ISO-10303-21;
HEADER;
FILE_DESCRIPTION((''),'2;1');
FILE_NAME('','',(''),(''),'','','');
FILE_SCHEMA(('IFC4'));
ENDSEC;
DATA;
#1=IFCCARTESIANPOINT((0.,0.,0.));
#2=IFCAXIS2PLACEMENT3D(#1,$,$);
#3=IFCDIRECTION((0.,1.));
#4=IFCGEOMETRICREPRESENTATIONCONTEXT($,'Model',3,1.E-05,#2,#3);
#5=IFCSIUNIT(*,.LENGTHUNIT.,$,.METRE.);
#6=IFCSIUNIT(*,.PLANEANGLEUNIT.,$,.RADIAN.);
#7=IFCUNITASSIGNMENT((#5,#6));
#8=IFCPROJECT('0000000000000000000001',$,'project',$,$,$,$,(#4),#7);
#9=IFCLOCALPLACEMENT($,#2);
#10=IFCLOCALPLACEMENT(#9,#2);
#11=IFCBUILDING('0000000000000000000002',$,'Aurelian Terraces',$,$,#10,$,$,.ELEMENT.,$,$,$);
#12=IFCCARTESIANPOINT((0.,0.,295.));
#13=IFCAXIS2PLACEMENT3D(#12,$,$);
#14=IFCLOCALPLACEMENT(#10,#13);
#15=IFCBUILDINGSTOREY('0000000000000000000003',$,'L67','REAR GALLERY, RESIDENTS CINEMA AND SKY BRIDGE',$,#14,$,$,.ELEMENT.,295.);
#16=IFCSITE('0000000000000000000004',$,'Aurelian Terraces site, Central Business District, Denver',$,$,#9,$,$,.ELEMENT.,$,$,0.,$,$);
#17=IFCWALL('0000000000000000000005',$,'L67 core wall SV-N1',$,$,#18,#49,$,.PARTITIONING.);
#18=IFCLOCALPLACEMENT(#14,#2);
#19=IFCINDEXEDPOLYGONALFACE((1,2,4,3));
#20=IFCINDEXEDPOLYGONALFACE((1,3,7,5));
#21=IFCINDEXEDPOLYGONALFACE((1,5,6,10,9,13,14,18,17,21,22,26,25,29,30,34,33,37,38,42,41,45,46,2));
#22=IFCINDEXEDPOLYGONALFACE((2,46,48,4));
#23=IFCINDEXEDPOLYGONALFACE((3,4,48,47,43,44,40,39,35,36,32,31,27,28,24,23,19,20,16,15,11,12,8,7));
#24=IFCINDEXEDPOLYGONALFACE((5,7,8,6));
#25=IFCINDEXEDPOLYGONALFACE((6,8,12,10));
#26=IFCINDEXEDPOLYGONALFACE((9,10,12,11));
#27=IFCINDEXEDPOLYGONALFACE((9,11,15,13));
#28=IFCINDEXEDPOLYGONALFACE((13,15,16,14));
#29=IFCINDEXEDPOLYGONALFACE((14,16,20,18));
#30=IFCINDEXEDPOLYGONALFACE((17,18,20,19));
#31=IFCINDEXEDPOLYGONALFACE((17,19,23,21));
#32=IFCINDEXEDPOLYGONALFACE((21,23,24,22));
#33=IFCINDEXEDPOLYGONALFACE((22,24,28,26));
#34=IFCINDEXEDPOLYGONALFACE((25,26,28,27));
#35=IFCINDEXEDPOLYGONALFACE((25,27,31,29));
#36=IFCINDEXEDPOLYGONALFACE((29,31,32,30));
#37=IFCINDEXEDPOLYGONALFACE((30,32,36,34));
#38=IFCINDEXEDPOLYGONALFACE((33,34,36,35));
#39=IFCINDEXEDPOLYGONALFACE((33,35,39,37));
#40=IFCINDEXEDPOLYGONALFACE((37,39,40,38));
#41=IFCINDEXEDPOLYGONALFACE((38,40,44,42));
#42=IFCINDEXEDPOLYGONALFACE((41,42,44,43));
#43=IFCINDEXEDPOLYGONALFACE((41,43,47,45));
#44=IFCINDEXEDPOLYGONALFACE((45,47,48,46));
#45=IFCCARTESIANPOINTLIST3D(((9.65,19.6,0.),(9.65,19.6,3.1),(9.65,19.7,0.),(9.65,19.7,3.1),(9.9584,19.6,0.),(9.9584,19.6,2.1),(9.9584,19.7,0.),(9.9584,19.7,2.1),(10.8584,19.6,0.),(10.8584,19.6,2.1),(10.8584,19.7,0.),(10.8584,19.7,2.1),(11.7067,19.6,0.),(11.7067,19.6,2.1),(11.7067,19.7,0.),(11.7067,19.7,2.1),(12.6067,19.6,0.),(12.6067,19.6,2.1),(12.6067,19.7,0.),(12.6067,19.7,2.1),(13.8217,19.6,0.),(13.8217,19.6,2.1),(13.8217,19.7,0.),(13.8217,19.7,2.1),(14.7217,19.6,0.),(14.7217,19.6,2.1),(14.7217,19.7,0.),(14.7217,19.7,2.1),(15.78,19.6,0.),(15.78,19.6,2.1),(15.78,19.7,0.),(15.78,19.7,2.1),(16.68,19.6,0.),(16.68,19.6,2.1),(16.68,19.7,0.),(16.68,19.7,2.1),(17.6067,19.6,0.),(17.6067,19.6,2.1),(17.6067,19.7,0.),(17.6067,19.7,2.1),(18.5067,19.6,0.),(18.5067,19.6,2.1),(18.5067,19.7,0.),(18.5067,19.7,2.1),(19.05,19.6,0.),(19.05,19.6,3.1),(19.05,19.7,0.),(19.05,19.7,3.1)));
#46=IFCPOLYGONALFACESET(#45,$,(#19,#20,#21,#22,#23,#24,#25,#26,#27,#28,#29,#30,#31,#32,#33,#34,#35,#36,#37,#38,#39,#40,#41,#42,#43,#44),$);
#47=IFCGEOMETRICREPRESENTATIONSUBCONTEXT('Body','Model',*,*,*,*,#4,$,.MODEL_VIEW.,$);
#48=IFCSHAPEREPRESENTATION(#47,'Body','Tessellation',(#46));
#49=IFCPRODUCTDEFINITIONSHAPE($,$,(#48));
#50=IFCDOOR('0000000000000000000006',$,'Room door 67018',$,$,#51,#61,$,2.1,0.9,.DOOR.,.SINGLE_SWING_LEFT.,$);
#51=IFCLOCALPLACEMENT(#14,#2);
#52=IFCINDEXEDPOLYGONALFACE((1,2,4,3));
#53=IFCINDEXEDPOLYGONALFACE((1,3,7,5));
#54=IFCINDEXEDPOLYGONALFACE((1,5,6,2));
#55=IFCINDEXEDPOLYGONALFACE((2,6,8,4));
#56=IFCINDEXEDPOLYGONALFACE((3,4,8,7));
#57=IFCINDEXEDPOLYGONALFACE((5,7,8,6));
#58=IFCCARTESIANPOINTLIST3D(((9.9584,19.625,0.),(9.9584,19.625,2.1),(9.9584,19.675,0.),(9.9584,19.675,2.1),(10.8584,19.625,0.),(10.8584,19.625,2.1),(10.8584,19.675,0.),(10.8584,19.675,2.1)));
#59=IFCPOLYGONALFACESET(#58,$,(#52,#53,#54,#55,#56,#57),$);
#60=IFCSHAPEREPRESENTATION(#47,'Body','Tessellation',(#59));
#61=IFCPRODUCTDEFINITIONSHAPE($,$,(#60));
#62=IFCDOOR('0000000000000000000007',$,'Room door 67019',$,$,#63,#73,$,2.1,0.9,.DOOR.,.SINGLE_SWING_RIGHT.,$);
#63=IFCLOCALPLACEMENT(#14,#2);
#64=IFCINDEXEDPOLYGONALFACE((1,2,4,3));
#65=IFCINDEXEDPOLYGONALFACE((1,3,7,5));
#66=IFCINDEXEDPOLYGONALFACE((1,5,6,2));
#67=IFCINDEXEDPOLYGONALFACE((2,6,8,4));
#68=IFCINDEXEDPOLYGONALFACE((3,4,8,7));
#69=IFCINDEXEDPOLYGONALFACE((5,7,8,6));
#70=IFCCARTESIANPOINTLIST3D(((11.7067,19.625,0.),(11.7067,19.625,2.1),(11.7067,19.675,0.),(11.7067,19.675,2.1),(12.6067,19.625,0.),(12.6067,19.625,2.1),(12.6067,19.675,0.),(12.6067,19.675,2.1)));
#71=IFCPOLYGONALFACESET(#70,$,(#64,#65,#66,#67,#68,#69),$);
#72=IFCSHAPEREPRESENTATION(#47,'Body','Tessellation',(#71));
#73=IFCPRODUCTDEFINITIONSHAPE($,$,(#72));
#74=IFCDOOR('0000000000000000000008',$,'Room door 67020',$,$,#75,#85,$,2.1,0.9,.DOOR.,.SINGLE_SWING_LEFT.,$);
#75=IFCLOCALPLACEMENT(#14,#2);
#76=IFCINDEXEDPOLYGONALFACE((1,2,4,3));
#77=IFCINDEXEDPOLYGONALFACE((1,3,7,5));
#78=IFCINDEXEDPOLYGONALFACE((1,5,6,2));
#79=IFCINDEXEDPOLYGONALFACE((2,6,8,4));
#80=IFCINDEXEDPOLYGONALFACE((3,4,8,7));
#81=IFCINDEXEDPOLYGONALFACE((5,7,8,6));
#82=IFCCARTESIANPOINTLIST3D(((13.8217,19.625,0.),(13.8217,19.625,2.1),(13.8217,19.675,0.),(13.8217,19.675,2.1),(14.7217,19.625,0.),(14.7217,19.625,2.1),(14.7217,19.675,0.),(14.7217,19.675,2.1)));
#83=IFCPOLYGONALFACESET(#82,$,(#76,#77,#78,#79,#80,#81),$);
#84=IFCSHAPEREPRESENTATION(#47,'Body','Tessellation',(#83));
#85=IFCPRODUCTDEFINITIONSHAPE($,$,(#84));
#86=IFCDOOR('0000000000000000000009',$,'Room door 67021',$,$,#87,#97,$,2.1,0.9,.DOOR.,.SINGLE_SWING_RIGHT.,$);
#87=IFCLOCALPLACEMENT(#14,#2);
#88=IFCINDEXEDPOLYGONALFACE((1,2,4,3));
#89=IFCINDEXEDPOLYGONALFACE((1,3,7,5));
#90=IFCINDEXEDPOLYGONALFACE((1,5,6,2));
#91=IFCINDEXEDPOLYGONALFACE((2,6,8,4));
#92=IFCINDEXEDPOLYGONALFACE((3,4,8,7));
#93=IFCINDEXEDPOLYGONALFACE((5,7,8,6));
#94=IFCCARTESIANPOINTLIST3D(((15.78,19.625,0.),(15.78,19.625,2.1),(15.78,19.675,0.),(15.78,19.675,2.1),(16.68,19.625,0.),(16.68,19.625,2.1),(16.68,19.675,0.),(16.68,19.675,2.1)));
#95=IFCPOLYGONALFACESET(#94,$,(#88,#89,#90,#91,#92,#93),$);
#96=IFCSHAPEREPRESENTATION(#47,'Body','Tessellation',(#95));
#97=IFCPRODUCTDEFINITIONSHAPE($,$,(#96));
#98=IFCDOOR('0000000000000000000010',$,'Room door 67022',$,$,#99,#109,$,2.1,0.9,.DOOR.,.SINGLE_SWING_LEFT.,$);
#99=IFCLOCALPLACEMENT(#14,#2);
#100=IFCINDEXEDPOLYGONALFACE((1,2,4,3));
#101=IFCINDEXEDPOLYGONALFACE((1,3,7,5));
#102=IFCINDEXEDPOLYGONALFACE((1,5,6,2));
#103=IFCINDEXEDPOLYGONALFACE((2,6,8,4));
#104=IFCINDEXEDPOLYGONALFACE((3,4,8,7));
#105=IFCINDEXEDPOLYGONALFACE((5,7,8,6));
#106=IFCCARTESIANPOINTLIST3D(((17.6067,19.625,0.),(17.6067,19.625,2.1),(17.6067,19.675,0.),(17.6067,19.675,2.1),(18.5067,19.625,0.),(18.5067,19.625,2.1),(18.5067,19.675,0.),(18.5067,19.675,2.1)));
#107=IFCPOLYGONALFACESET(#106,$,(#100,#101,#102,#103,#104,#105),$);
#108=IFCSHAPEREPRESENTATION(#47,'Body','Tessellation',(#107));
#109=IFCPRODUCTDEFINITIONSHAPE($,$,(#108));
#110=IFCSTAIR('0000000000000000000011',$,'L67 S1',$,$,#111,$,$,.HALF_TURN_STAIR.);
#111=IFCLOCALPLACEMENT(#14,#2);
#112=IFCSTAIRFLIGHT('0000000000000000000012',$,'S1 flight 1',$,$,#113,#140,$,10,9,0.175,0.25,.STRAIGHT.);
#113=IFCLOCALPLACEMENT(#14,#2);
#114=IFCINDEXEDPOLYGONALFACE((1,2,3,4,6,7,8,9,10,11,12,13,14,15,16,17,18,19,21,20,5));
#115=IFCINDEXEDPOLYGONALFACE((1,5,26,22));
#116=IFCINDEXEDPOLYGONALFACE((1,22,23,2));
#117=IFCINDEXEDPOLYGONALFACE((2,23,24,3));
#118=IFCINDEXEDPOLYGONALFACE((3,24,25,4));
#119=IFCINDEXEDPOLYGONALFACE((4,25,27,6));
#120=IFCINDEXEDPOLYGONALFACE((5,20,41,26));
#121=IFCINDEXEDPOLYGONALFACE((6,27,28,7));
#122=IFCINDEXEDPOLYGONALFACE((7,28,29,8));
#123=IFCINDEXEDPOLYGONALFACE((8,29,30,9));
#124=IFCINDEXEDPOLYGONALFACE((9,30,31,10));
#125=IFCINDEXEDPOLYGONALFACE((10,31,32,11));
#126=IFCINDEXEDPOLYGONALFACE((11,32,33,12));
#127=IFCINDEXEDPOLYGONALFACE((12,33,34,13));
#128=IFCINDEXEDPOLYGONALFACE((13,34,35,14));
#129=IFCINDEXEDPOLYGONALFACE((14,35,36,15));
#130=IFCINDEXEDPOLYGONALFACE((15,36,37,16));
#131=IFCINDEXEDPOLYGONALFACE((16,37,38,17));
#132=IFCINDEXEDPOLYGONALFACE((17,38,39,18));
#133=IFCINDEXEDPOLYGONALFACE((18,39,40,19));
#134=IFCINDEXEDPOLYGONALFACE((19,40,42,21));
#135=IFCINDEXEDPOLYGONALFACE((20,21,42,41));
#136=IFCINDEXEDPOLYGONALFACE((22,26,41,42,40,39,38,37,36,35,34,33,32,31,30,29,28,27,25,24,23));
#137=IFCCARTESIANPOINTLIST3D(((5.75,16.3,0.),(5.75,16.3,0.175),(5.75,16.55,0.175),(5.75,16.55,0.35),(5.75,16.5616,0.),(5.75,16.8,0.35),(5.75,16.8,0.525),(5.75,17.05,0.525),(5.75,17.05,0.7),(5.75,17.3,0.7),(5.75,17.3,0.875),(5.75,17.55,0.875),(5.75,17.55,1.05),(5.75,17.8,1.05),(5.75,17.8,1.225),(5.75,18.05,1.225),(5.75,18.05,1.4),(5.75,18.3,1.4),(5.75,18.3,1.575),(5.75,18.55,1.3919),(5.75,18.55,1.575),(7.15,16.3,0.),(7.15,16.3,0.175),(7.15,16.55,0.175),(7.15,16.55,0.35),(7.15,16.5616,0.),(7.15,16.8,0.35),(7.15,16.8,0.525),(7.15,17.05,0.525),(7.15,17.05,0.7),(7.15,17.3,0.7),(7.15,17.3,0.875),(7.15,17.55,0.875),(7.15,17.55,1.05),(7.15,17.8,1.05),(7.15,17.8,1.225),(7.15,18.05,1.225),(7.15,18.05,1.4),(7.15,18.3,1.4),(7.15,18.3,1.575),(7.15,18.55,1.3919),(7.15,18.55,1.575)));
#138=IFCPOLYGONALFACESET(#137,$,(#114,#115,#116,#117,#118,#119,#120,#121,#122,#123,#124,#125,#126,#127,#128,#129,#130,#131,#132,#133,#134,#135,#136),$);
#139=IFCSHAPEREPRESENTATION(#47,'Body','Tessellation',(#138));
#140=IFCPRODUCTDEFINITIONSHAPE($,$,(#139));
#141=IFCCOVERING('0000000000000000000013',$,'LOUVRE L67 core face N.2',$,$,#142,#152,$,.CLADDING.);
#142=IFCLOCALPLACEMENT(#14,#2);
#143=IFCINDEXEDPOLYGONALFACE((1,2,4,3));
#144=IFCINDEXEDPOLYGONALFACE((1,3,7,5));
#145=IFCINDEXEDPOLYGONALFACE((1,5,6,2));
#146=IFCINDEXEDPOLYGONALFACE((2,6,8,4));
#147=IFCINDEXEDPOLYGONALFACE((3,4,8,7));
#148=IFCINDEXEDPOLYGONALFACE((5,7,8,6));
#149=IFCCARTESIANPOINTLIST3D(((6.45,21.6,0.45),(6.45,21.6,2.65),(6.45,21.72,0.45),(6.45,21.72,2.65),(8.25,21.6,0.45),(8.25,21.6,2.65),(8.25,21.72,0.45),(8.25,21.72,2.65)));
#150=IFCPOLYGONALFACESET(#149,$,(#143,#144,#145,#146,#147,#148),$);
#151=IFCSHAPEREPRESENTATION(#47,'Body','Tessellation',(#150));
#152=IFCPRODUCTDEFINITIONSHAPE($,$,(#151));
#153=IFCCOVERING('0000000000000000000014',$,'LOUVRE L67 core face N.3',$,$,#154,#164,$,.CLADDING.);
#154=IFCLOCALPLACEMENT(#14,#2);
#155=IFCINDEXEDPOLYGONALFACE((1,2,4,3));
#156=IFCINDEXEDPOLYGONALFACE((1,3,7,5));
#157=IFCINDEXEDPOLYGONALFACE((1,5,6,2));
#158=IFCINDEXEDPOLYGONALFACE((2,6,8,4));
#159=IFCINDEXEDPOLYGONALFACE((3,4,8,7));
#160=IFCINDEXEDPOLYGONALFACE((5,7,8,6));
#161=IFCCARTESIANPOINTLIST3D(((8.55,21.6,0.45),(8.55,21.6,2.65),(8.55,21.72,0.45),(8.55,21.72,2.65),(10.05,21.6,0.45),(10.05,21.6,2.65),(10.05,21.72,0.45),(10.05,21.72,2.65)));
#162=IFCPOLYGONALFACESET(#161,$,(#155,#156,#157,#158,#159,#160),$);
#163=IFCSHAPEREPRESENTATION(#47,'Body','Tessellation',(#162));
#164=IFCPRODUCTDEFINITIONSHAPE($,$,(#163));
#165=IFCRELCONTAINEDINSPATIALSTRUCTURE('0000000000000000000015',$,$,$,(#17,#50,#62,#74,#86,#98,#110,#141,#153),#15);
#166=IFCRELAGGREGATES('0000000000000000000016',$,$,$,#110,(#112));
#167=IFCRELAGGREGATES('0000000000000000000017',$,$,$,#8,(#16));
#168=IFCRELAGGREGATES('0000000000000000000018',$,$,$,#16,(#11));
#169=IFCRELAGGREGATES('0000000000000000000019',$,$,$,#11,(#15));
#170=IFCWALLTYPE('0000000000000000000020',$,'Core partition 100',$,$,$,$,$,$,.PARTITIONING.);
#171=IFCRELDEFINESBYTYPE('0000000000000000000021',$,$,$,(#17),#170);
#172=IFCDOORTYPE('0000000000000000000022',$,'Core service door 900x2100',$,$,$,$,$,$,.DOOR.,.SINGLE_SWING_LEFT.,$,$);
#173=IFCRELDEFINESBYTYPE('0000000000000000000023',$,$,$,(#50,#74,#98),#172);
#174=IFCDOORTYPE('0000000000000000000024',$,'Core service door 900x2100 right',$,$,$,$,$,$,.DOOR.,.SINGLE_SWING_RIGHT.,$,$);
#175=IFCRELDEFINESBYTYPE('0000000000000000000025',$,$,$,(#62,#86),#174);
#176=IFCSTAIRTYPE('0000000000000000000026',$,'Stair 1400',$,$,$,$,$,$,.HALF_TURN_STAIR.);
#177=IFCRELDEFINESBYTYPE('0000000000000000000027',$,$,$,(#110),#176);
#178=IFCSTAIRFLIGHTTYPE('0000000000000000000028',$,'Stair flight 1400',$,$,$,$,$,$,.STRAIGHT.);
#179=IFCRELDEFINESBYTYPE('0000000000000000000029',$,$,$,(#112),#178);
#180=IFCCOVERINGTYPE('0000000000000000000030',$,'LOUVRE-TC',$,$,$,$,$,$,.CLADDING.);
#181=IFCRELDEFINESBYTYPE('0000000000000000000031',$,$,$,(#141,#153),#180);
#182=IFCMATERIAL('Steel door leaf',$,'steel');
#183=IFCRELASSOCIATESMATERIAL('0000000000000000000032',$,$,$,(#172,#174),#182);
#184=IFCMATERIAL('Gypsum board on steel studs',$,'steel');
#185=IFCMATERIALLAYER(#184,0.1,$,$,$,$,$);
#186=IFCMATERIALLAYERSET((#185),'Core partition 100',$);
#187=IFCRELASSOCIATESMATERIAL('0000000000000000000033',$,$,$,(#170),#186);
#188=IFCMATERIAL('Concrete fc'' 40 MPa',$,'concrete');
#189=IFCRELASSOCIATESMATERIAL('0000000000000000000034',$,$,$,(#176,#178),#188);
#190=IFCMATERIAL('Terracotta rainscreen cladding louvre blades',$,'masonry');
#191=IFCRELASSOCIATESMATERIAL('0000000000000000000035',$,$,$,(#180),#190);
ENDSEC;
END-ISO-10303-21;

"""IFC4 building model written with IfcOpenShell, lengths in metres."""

from ifc_helpers import new_model, si_unit, direction, frame, frame_2d, origin, origin_2d, place, context, subcontext, project, spatial, polyline, rectangle, outline, extrude, source, transform, mapped, material, layer, layer_set, type_object, element, fill, aggregate, save


model = new_model("IFC4")

# Units and contexts
model_context = context("Model", 3, precision=1e-05, world=origin(), true_north=direction((0.0, 1.0)))
body_context = subcontext(model_context, "Body", "Model", "MODEL_VIEW")
ifc_project = project(units=[si_unit("LENGTHUNIT", "METRE"), si_unit("PLANEANGLEUNIT", "RADIAN")], contexts=[model_context])

# Site, building, storey
site_placement = place(None, origin())
site = spatial("IfcSite", under=ifc_project, at=site_placement, Name="Aurelian Terraces site, Central Business District, Denver", CompositionType="ELEMENT", RefElevation=0.0)
building_placement = place(site_placement, origin())
building = spatial("IfcBuilding", under=site, at=building_placement, Name="Aurelian Terraces", CompositionType="ELEMENT")
storey_placement = place(building_placement, frame((0.0, 0.0, 295.0)))
storey = spatial("IfcBuildingStorey", under=building, at=storey_placement, Name="L67", Description="REAR GALLERY, RESIDENTS CINEMA AND SKY BRIDGE", CompositionType="ELEMENT", Elevation=295.0)

# Shared definitions
ifc_material_1 = material(Name="Steel door leaf", Category="steel")

# Shared definitions
ifc_material_2 = material(Name="Gypsum board on steel studs", Category="steel")
door_type_1 = type_object("IfcDoorType", Name="Core service door 900x2100", OperationType="SINGLE_SWING_LEFT", PredefinedType="DOOR", material=ifc_material_1)
shared_shape_1 = source(origin(), body_context, "Body", "SweptSolid", [
    extrude(rectangle(XDim=0.9, YDim=2.1, at=frame_2d((0.45, 1.05))), frame((0.0, 0.025, 0.0), z_axis=(0.0, -1.0, 0.0), x_axis=(1.0, 0.0, 0.0)), (0.0, 0.0, 1.0), 0.05),
])

# Shared definitions
ifc_layer_1 = layer(ifc_material_2, 0.1)
ifc_layer_set_1 = layer_set([ifc_layer_1], Name="Core partition 100")
wall_type_1 = type_object("IfcWallType", Name="Core partition 100", PredefinedType="PARTITIONING", material=ifc_layer_set_1)

# Wall, openings, doors
shared_shape_2 = source(origin(), body_context, "Body", "SweptSolid", [
    extrude(rectangle(XDim=9.4, YDim=0.1, at=frame_2d((4.7, 0.0))), origin(), (0.0, 0.0, 1.0), 3.1),
])
wall_1_placement = place(storey_placement, frame((9.65, 19.65, 0.0), z_axis=(0.0, 0.0, 1.0), x_axis=(1.0, 0.0, 0.0)))
wall_1 = element("IfcWall", 1, at=wall_1_placement, inside=storey, type_object=wall_type_1, Name="L67 core wall SV-N1", PredefinedType="PARTITIONING", context=body_context, shape_type="MappedRepresentation", body=[
    mapped(shared_shape_2, transform((0.0, 0.0, 0.0), scale=1.0)),
])
shared_shape_3 = source(origin(), body_context, "Body", "SweptSolid", [
    extrude(rectangle(XDim=0.9, YDim=2.1, at=frame_2d((0.45, 1.05))), frame((0.0, 0.06, 0.0), z_axis=(0.0, -1.0, 0.0), x_axis=(1.0, 0.0, 0.0)), (0.0, 0.0, 1.0), 0.12),
])
opening_1_placement = place(wall_1_placement, frame((0.3084, 0.0, 0.0)))
opening_1 = element("IfcOpeningElement", 2, at=opening_1_placement, cuts=wall_1, PredefinedType="OPENING", context=body_context, shape_type="MappedRepresentation", body=[
    mapped(shared_shape_3, transform((0.0, 0.0, 0.0), scale=1.0)),
])
opening_2_placement = place(wall_1_placement, frame((2.0567, 0.0, 0.0)))
opening_2 = element("IfcOpeningElement", 3, at=opening_2_placement, cuts=wall_1, PredefinedType="OPENING", context=body_context, shape_type="MappedRepresentation", body=[
    mapped(shared_shape_3, transform((0.0, 0.0, 0.0), scale=1.0)),
])
opening_3_placement = place(wall_1_placement, frame((4.1717, 0.0, 0.0)))
opening_3 = element("IfcOpeningElement", 4, at=opening_3_placement, cuts=wall_1, PredefinedType="OPENING", context=body_context, shape_type="MappedRepresentation", body=[
    mapped(shared_shape_3, transform((0.0, 0.0, 0.0), scale=1.0)),
])
opening_4_placement = place(wall_1_placement, frame((6.13, 0.0, 0.0)))
opening_4 = element("IfcOpeningElement", 5, at=opening_4_placement, cuts=wall_1, PredefinedType="OPENING", context=body_context, shape_type="MappedRepresentation", body=[
    mapped(shared_shape_3, transform((0.0, 0.0, 0.0), scale=1.0)),
])
opening_5_placement = place(wall_1_placement, frame((7.9567, 0.0, 0.0)))
opening_5 = element("IfcOpeningElement", 6, at=opening_5_placement, cuts=wall_1, PredefinedType="OPENING", context=body_context, shape_type="MappedRepresentation", body=[
    mapped(shared_shape_3, transform((0.0, 0.0, 0.0), scale=1.0)),
])
door_1_placement = place(opening_1_placement, origin())
door_1 = element("IfcDoor", 7, at=door_1_placement, inside=storey, type_object=door_type_1, Name="Room door 67018", OperationType="SINGLE_SWING_LEFT", OverallHeight=2.1, OverallWidth=0.9, PredefinedType="DOOR", context=body_context, shape_type="MappedRepresentation", body=[
    mapped(shared_shape_1, transform((0.0, 0.0, 0.0), scale=1.0)),
])
fill(opening_1, door_1)
door_type_2 = type_object("IfcDoorType", Name="Core service door 900x2100 right", OperationType="SINGLE_SWING_RIGHT", PredefinedType="DOOR", material=ifc_material_1)
door_2_placement = place(opening_2_placement, origin())
door_2 = element("IfcDoor", 8, at=door_2_placement, inside=storey, type_object=door_type_2, Name="Room door 67019", OperationType="SINGLE_SWING_RIGHT", OverallHeight=2.1, OverallWidth=0.9, PredefinedType="DOOR", context=body_context, shape_type="MappedRepresentation", body=[
    mapped(shared_shape_1, transform((0.0, 0.0, 0.0), scale=1.0)),
])
fill(opening_2, door_2)
door_3_placement = place(opening_3_placement, origin())
door_3 = element("IfcDoor", 9, at=door_3_placement, inside=storey, type_object=door_type_1, Name="Room door 67020", OperationType="SINGLE_SWING_LEFT", OverallHeight=2.1, OverallWidth=0.9, PredefinedType="DOOR", context=body_context, shape_type="MappedRepresentation", body=[
    mapped(shared_shape_1, transform((0.0, 0.0, 0.0), scale=1.0)),
])
fill(opening_3, door_3)
door_4_placement = place(opening_4_placement, origin())
door_4 = element("IfcDoor", 10, at=door_4_placement, inside=storey, type_object=door_type_2, Name="Room door 67021", OperationType="SINGLE_SWING_RIGHT", OverallHeight=2.1, OverallWidth=0.9, PredefinedType="DOOR", context=body_context, shape_type="MappedRepresentation", body=[
    mapped(shared_shape_1, transform((0.0, 0.0, 0.0), scale=1.0)),
])
fill(opening_4, door_4)
door_5_placement = place(opening_5_placement, origin())
door_5 = element("IfcDoor", 11, at=door_5_placement, inside=storey, type_object=door_type_1, Name="Room door 67022", OperationType="SINGLE_SWING_LEFT", OverallHeight=2.1, OverallWidth=0.9, PredefinedType="DOOR", context=body_context, shape_type="MappedRepresentation", body=[
    mapped(shared_shape_1, transform((0.0, 0.0, 0.0), scale=1.0)),
])
fill(opening_5, door_5)

# Stair, stair flight
ifc_material_3 = material(Name="Concrete fc' 40 MPa", Category="concrete")
stair_type = type_object("IfcStairType", Name="Stair 1400", PredefinedType="HALF_TURN_STAIR", material=ifc_material_3)
stair_placement = place(storey_placement, origin())
stair = element("IfcStair", 12, at=stair_placement, inside=storey, type_object=stair_type, Name="L67 S1", PredefinedType="HALF_TURN_STAIR")
stair_flight_type = type_object("IfcStairFlightType", Name="Stair flight 1400", PredefinedType="STRAIGHT", material=ifc_material_3)
shared_shape_4 = source(origin(), body_context, "Body", "SweptSolid", [
    extrude(outline(polyline([(0.0, 0.0), (0.0, 0.175), (0.25, 0.175), (0.25, 0.35), (0.5, 0.35), (0.5, 0.525), (0.75, 0.525), (0.75, 0.7), (1.0, 0.7), (1.0, 0.875), (1.25, 0.875), (1.25, 1.05), (1.5, 1.05), (1.5, 1.225), (1.75, 1.225), (1.75, 1.4), (2.0, 1.4), (2.0, 1.575), (2.25, 1.575), (2.25, 1.75), (2.25, 1.3919), (0.2616, 0.0), (0.0, 0.0)])), frame((0.0, 0.7, 0.0), z_axis=(0.0, -1.0, 0.0), x_axis=(1.0, 0.0, 0.0)), (0.0, 0.0, 1.0), 1.4),
])
stair_flight_placement = place(storey_placement, frame((6.45, 16.3, 0.0), z_axis=(0.0, 0.0, 1.0), x_axis=(0.0, 1.0, 0.0)))
stair_flight = element("IfcStairFlight", 13, at=stair_flight_placement, type_object=stair_flight_type, Name="S1 flight 1", NumberOfRisers=10, NumberOfTreads=9, PredefinedType="STRAIGHT", RiserHeight=0.175, TreadLength=0.25, context=body_context, shape_type="MappedRepresentation", body=[
    mapped(shared_shape_4, transform((0.0, 0.0, 0.0), scale=1.0)),
])
aggregate(stair, [stair_flight])

# Coverings
ifc_material_4 = material(Name="Terracotta rainscreen cladding louvre blades", Category="masonry")
covering_type = type_object("IfcCoveringType", Name="LOUVRE-TC", PredefinedType="CLADDING", material=ifc_material_4)
shared_shape_5 = source(origin(), body_context, "Body", "SweptSolid", [
    extrude(rectangle(XDim=1.8, YDim=0.12, at=origin_2d()), origin(), (0.0, 0.0, 1.0), 2.2),
])
covering_1_placement = place(storey_placement, frame((7.35, 21.66, 0.45), z_axis=(0.0, 0.0, 1.0), x_axis=(1.0, 0.0, 0.0)))
element("IfcCovering", 14, at=covering_1_placement, inside=storey, type_object=covering_type, Name="LOUVRE L67 core face N.2", PredefinedType="CLADDING", context=body_context, shape_type="MappedRepresentation", body=[
    mapped(shared_shape_5, transform((0.0, 0.0, 0.0), scale=1.0)),
])
shared_shape_6 = source(origin(), body_context, "Body", "SweptSolid", [
    extrude(rectangle(XDim=1.5, YDim=0.12, at=origin_2d()), origin(), (0.0, 0.0, 1.0), 2.2),
])
covering_2_placement = place(storey_placement, frame((9.3, 21.66, 0.45), z_axis=(0.0, 0.0, 1.0), x_axis=(1.0, 0.0, 0.0)))
element("IfcCovering", 15, at=covering_2_placement, inside=storey, type_object=covering_type, Name="LOUVRE L67 core face N.3", PredefinedType="CLADDING", context=body_context, shape_type="MappedRepresentation", body=[
    mapped(shared_shape_6, transform((0.0, 0.0, 0.0), scale=1.0)),
])

save(model, "model.ifc")
